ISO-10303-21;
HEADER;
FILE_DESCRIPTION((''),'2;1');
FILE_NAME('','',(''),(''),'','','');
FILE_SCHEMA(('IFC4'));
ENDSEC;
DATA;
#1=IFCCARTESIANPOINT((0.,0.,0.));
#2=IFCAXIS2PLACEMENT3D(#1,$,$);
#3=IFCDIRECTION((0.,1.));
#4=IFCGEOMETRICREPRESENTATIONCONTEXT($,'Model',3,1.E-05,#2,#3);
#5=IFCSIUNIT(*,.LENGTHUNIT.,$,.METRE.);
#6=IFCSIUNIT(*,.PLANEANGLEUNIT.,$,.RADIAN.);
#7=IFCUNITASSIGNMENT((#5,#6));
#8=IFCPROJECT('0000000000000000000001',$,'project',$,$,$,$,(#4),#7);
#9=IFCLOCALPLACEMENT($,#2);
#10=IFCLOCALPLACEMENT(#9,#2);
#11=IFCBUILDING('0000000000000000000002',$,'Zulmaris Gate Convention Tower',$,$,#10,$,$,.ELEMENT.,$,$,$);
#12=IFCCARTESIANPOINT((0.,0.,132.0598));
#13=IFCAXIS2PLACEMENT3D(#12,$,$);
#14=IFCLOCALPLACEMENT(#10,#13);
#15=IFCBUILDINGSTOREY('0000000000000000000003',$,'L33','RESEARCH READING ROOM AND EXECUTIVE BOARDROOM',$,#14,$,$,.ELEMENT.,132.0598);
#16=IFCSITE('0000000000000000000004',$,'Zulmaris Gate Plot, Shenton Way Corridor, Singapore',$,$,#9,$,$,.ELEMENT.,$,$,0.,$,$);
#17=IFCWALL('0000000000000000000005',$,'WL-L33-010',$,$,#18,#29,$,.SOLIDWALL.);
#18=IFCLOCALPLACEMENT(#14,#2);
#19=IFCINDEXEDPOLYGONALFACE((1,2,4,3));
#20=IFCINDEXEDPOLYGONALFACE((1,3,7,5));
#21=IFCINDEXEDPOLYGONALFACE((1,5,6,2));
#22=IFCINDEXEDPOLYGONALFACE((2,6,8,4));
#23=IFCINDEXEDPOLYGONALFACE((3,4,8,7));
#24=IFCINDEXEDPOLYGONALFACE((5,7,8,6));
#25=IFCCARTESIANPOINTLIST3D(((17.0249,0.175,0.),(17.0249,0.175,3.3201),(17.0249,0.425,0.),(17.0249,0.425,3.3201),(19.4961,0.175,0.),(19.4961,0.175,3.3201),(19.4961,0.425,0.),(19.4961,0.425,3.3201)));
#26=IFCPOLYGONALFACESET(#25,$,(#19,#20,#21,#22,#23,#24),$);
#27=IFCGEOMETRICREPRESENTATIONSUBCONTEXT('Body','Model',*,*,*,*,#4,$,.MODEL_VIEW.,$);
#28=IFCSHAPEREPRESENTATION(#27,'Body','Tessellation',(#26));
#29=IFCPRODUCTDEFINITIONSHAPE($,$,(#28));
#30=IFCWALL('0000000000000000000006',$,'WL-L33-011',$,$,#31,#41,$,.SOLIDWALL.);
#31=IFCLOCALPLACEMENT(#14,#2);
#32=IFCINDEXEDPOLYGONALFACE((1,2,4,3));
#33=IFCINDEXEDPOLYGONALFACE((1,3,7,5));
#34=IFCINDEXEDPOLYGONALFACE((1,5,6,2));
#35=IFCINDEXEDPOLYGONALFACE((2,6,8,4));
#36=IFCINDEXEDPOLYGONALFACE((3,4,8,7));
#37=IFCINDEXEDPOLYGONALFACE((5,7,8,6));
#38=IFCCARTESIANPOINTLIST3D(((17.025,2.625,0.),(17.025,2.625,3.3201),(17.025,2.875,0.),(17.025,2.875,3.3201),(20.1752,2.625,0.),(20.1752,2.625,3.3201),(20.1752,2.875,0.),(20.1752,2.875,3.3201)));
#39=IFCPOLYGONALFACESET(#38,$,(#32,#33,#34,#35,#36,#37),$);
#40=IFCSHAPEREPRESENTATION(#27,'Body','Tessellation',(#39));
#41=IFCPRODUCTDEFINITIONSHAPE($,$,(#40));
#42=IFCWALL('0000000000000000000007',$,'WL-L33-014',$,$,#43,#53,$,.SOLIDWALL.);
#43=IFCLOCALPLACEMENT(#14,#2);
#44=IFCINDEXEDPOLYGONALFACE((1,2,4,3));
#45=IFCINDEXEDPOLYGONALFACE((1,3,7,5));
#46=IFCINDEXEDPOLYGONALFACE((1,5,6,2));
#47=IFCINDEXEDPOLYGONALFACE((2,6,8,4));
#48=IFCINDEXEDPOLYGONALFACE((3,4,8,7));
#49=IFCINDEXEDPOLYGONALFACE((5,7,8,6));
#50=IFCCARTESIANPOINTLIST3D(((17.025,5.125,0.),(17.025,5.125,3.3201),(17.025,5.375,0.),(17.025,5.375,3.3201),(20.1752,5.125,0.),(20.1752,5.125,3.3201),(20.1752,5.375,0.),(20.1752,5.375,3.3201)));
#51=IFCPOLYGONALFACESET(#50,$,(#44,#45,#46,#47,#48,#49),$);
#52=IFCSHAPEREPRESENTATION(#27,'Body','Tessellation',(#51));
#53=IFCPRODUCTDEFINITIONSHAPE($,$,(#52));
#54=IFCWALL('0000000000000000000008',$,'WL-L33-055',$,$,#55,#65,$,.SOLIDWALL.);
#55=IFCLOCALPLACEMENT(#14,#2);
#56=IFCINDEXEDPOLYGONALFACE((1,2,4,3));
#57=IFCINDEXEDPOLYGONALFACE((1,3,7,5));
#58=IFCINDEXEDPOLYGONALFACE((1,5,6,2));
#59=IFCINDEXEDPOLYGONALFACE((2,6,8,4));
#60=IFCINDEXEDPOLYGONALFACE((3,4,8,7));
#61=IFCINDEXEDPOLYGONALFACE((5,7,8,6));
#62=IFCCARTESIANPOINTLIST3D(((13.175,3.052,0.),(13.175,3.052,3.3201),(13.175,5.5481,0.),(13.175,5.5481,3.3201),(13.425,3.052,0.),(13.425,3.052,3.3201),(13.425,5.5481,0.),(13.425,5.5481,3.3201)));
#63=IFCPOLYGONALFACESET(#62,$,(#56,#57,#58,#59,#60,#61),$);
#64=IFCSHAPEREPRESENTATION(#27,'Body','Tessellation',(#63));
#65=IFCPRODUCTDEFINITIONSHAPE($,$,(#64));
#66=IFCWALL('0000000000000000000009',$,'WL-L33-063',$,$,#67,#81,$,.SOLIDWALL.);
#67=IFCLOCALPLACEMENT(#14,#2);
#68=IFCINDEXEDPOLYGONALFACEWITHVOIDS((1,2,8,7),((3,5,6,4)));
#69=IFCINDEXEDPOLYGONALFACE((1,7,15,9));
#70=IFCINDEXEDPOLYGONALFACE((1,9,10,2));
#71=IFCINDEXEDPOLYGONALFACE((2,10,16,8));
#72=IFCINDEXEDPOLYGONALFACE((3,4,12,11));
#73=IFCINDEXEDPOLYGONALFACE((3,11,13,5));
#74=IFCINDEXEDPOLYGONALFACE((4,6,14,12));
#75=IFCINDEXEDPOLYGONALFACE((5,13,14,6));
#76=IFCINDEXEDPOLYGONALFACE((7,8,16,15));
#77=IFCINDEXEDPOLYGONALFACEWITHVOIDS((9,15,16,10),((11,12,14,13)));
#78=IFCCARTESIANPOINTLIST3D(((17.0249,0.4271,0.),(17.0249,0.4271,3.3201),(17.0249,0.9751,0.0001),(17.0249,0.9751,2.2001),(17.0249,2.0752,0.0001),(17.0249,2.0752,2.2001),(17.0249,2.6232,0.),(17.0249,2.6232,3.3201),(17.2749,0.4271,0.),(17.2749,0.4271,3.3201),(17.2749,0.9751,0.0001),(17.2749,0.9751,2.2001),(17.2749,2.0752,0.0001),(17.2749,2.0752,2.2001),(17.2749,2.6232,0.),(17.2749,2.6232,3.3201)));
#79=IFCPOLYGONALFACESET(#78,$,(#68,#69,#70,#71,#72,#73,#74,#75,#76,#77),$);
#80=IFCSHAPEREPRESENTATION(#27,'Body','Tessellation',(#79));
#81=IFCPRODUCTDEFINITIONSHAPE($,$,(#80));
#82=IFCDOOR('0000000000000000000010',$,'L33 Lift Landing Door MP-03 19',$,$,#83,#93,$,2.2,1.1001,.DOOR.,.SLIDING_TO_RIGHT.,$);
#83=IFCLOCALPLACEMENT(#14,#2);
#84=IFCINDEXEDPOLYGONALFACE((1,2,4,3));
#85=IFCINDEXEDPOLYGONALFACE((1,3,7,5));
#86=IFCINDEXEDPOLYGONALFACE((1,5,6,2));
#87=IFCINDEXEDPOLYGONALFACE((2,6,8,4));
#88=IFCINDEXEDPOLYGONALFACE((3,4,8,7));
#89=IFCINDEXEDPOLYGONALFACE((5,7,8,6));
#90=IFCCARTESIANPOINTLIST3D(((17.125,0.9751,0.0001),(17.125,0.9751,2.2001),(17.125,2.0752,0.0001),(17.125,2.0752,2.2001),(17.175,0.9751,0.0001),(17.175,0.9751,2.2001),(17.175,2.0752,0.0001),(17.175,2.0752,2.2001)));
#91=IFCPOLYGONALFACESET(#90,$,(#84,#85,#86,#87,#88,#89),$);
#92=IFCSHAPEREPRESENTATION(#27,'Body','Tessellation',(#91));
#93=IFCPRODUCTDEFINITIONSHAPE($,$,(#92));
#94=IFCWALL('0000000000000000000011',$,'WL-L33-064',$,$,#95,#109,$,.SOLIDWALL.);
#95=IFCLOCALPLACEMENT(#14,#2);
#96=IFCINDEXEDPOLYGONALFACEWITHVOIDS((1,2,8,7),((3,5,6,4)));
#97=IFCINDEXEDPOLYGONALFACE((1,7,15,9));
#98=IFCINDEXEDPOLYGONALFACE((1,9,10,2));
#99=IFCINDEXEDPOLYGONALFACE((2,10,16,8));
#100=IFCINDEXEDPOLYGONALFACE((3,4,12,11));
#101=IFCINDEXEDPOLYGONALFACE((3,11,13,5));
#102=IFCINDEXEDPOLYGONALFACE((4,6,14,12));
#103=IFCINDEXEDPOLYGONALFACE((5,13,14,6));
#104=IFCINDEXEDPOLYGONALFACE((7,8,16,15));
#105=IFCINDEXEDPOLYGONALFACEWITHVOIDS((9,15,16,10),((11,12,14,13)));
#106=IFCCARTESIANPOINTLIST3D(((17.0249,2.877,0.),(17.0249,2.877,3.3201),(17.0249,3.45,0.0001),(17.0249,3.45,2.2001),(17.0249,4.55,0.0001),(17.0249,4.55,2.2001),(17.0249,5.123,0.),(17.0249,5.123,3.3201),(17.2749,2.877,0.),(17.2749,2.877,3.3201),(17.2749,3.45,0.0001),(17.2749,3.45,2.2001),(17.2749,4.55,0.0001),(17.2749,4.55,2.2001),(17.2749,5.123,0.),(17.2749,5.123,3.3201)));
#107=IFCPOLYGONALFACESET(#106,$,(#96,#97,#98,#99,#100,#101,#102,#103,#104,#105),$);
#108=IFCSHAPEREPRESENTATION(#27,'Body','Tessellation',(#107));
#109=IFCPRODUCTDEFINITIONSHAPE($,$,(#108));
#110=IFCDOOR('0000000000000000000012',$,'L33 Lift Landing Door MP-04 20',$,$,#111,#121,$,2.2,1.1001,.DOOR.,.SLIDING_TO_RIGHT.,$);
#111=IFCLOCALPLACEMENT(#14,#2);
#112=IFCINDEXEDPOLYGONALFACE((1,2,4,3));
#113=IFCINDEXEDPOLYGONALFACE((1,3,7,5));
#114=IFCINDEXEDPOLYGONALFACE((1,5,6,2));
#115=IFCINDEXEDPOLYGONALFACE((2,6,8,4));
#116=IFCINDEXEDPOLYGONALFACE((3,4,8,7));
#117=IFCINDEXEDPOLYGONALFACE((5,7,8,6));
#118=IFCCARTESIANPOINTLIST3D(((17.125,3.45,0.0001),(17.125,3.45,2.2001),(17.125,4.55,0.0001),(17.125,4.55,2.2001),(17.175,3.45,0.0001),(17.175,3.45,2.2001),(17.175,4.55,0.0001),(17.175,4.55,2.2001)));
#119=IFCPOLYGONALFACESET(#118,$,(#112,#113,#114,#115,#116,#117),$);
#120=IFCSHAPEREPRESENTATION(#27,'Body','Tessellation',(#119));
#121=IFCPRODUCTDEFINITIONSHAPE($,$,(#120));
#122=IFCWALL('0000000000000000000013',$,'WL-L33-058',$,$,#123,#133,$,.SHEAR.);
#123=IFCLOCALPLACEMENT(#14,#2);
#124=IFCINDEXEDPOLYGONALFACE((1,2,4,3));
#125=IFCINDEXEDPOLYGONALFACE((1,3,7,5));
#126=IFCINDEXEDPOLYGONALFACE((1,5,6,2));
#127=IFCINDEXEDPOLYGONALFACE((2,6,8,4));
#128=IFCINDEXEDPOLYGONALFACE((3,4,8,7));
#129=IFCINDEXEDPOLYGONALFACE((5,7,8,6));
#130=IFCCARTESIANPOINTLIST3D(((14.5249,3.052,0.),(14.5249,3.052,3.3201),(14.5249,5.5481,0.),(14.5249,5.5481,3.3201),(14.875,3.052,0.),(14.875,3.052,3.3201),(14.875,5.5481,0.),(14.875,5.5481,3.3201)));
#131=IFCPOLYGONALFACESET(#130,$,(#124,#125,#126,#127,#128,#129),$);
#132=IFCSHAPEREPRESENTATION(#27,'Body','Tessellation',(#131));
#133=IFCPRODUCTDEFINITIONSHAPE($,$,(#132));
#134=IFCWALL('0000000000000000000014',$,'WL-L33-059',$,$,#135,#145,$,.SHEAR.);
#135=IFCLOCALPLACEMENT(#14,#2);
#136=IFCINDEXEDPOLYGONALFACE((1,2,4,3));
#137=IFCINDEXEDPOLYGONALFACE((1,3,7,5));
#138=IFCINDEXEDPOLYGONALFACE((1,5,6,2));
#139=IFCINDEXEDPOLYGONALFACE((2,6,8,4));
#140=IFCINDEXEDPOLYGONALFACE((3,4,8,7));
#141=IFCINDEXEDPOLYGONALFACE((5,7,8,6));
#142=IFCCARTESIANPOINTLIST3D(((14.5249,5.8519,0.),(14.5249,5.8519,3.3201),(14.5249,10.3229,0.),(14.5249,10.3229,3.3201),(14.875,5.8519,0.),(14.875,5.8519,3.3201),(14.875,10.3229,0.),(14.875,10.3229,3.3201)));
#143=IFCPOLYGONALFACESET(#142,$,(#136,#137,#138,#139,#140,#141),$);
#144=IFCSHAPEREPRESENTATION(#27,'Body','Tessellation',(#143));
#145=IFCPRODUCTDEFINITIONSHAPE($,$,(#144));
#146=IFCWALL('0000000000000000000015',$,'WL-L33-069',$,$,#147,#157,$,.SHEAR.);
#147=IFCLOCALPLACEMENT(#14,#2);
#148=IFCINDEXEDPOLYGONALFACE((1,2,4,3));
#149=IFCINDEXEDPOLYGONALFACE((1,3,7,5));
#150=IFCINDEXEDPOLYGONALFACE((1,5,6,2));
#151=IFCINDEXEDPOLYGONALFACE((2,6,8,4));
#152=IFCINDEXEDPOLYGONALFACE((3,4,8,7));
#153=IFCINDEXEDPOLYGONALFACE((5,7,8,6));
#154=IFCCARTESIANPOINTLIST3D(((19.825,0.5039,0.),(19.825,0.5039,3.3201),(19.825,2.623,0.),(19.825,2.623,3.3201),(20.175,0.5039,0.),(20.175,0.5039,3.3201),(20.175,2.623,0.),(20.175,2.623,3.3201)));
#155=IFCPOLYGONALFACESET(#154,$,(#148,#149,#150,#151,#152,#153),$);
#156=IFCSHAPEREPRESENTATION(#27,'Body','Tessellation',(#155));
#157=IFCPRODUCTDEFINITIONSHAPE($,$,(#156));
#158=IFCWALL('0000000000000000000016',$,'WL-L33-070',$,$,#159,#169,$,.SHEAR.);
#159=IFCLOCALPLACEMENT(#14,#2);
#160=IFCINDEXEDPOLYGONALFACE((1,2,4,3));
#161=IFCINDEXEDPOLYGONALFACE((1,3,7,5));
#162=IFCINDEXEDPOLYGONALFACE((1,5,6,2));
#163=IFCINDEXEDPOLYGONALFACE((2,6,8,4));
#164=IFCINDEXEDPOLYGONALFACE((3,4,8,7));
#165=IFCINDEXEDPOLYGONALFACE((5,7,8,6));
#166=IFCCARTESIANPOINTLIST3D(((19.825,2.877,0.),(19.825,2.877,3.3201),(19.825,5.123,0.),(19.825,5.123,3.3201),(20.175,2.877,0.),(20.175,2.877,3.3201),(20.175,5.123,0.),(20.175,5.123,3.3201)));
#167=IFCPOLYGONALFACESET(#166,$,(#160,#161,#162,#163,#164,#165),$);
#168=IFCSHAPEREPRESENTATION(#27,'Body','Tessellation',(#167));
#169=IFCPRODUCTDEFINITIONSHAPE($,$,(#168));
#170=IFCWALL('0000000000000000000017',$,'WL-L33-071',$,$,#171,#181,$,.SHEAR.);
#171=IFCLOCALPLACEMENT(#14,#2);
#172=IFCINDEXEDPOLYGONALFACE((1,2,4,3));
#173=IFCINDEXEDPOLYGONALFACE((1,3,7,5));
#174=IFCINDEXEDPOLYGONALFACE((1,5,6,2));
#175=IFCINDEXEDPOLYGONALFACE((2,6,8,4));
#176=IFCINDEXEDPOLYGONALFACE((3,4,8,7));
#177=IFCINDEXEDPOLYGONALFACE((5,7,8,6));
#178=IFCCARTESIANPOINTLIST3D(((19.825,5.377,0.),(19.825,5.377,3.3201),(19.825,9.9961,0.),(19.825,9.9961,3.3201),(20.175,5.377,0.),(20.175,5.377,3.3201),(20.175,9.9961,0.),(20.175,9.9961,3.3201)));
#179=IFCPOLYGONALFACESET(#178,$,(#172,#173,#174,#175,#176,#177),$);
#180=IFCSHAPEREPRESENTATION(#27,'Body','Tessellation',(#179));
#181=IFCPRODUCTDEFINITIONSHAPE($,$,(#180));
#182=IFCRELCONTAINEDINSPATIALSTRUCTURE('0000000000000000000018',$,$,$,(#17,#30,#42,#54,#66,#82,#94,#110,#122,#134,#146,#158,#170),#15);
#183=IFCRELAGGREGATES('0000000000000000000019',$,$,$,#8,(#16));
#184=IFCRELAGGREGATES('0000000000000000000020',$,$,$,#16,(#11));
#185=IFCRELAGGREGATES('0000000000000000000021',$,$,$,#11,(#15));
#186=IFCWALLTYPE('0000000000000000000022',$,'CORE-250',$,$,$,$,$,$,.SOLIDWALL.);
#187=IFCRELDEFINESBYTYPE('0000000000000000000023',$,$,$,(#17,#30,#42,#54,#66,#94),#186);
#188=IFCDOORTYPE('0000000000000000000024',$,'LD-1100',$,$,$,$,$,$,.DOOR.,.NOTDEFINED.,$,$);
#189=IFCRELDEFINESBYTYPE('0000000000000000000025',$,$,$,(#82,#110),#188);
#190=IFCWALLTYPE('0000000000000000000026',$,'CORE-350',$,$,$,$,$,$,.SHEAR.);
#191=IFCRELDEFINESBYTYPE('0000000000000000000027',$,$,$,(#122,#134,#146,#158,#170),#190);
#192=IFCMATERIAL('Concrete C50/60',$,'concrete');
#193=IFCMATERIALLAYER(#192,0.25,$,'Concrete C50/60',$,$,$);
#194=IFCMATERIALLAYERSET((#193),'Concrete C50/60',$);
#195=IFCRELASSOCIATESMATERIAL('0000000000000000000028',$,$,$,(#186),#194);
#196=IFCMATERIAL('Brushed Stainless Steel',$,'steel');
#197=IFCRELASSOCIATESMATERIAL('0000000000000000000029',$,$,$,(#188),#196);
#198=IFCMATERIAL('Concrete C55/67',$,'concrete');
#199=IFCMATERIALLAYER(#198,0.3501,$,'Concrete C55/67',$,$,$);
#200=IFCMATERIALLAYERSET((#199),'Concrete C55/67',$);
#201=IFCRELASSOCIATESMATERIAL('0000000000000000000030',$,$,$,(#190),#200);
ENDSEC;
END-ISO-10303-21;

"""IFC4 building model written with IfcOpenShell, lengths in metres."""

from ifc_helpers import new_model, si_unit, direction, frame, frame_2d, origin, place, context, subcontext, project, spatial, rectangle, extrude, material, layer, layer_set, type_object, element, fill, save


model = new_model("IFC4")

# Units and contexts
model_context = context("Model", 3, precision=1e-05, world=origin(), true_north=direction((0.0, 1.0)))
body_context = subcontext(model_context, "Body", "Model", "MODEL_VIEW")
ifc_project = project(units=[si_unit("LENGTHUNIT", "METRE"), si_unit("PLANEANGLEUNIT", "RADIAN")], contexts=[model_context])

# Site, building, storey
site_placement = place(None, origin())
site = spatial("IfcSite", under=ifc_project, at=site_placement, Name="Zulmaris Gate Plot, Shenton Way Corridor, Singapore", CompositionType="ELEMENT", RefElevation=0.0)
building_placement = place(site_placement, origin())
building = spatial("IfcBuilding", under=site, at=building_placement, Name="Zulmaris Gate Convention Tower", CompositionType="ELEMENT")
storey_placement = place(building_placement, frame((0.0, 0.0, 132.0598)))
storey = spatial("IfcBuildingStorey", under=building, at=storey_placement, Name="L33", Description="RESEARCH READING ROOM AND EXECUTIVE BOARDROOM", CompositionType="ELEMENT", Elevation=132.0598)

# Walls
ifc_material_1 = material(Name="Concrete C50/60", Category="concrete")
ifc_layer_1 = layer(ifc_material_1, 0.25, Name="Concrete C50/60")
ifc_layer_set_1 = layer_set([ifc_layer_1], Name="Concrete C50/60")
wall_type_1 = type_object("IfcWallType", Name="CORE-250", PredefinedType="SOLIDWALL", material=ifc_layer_set_1)
wall_1_placement = place(storey_placement, frame((17.0249, 0.3, 0.0), z_axis=(0.0, 0.0, 1.0), x_axis=(1.0, 0.0, 0.0)))
element("IfcWall", 1, at=wall_1_placement, inside=storey, type_object=wall_type_1, Name="WL-L33-010", PredefinedType="SOLIDWALL", context=body_context, shape_type="SweptSolid", body=[
    extrude(rectangle(XDim=2.4712, YDim=0.25, at=frame_2d((1.2356, 0.0))), origin(), (0.0, 0.0, 1.0), 3.3201),
])
for number, where, z_axis, x_axis, name in (
    (2, (17.0249, 2.75, 0.0), (0.0, 0.0, 1.0), (1.0, 0.0, 0.0), "WL-L33-011"),
    (3, (17.0249, 5.25, 0.0), (0.0, 0.0, 1.0), (1.0, 0.0, 0.0), "WL-L33-014"),
):
    element("IfcWall", number, at=place(storey_placement, frame(where, z_axis=z_axis, x_axis=x_axis)), inside=storey, type_object=wall_type_1, Name=name, PredefinedType="SOLIDWALL", context=body_context, shape_type="SweptSolid", body=[
        extrude(rectangle(XDim=3.1501, YDim=0.25, at=frame_2d((1.5752, 0.0))), origin(), (0.0, 0.0, 1.0), 3.3201),
    ])
wall_2_placement = place(storey_placement, frame((13.3, 3.052, 0.0), z_axis=(0.0, 0.0, 1.0), x_axis=(0.0, 1.0, 0.0)))
element("IfcWall", 4, at=wall_2_placement, inside=storey, type_object=wall_type_1, Name="WL-L33-055", PredefinedType="SOLIDWALL", context=body_context, shape_type="SweptSolid", body=[
    extrude(rectangle(XDim=2.4961, YDim=0.25, at=frame_2d((1.248, 0.0))), origin(), (0.0, 0.0, 1.0), 3.3201),
])

# Walls, openings, doors
wall_3_placement = place(storey_placement, frame((17.1499, 0.427, 0.0), z_axis=(0.0, 0.0, 1.0), x_axis=(0.0, 1.0, 0.0)))
wall_3 = element("IfcWall", 5, at=wall_3_placement, inside=storey, type_object=wall_type_1, Name="WL-L33-063", PredefinedType="SOLIDWALL", context=body_context, shape_type="SweptSolid", body=[
    extrude(rectangle(XDim=2.196, YDim=0.25, at=frame_2d((1.0981, 0.0))), origin(), (0.0, 0.0, 1.0), 3.3201),
])
opening_1_placement = place(wall_3_placement, frame((0.5481, 0.0, 0.0)))
opening_1 = element("IfcOpeningElement", 6, at=opening_1_placement, cuts=wall_3, PredefinedType="OPENING", context=body_context, shape_type="SweptSolid", body=[
    extrude(rectangle(XDim=1.1001, YDim=2.2, at=frame_2d((0.55, 1.1001))), frame((0.0, 0.135, 0.0), z_axis=(0.0, -1.0, 0.0), x_axis=(1.0, 0.0, 0.0)), (0.0, 0.0, 1.0), 0.27),
])
ifc_material_2 = material(Name="Brushed Stainless Steel", Category="steel")
door_type_1 = type_object("IfcDoorType", Name="LD-1100", OperationType="NOTDEFINED", PredefinedType="DOOR", material=ifc_material_2)
door_1_placement = place(opening_1_placement, origin())
door_1 = element("IfcDoor", 7, at=door_1_placement, inside=storey, type_object=door_type_1, Name="L33 Lift Landing Door MP-03 19", OperationType="SLIDING_TO_RIGHT", OverallHeight=2.2, OverallWidth=1.1001, PredefinedType="DOOR", context=body_context, shape_type="SweptSolid", body=[
    extrude(rectangle(XDim=1.1001, YDim=2.2, at=frame_2d((0.55, 1.1001))), frame((0.0, 0.0249, 0.0), z_axis=(0.0, -1.0, 0.0), x_axis=(1.0, 0.0, 0.0)), (0.0, 0.0, 1.0), 0.05),
])
fill(opening_1, door_1)
wall_4_placement = place(storey_placement, frame((17.1499, 2.877, 0.0), z_axis=(0.0, 0.0, 1.0), x_axis=(0.0, 1.0, 0.0)))
wall_4 = element("IfcWall", 8, at=wall_4_placement, inside=storey, type_object=wall_type_1, Name="WL-L33-064", PredefinedType="SOLIDWALL", context=body_context, shape_type="SweptSolid", body=[
    extrude(rectangle(XDim=2.2461, YDim=0.25, at=frame_2d((1.123, 0.0))), origin(), (0.0, 0.0, 1.0), 3.3201),
])
opening_2_placement = place(wall_4_placement, frame((0.573, 0.0, 0.0)))
opening_2 = element("IfcOpeningElement", 9, at=opening_2_placement, cuts=wall_4, PredefinedType="OPENING", context=body_context, shape_type="SweptSolid", body=[
    extrude(rectangle(XDim=1.1001, YDim=2.2, at=frame_2d((0.55, 1.1001))), frame((0.0, 0.135, 0.0), z_axis=(0.0, -1.0, 0.0), x_axis=(1.0, 0.0, 0.0)), (0.0, 0.0, 1.0), 0.27),
])
door_2_placement = place(opening_2_placement, origin())
door_2 = element("IfcDoor", 10, at=door_2_placement, inside=storey, type_object=door_type_1, Name="L33 Lift Landing Door MP-04 20", OperationType="SLIDING_TO_RIGHT", OverallHeight=2.2, OverallWidth=1.1001, PredefinedType="DOOR", context=body_context, shape_type="SweptSolid", body=[
    extrude(rectangle(XDim=1.1001, YDim=2.2, at=frame_2d((0.55, 1.1001))), frame((0.0, 0.0249, 0.0), z_axis=(0.0, -1.0, 0.0), x_axis=(1.0, 0.0, 0.0)), (0.0, 0.0, 1.0), 0.05),
])
fill(opening_2, door_2)

# Walls
ifc_material_3 = material(Name="Concrete C55/67", Category="concrete")
ifc_layer_2 = layer(ifc_material_3, 0.3501, Name="Concrete C55/67")
ifc_layer_set_2 = layer_set([ifc_layer_2], Name="Concrete C55/67")
wall_type_2 = type_object("IfcWallType", Name="CORE-350", PredefinedType="SHEAR", material=ifc_layer_set_2)
wall_5_placement = place(storey_placement, frame((14.7, 3.052, 0.0), z_axis=(0.0, 0.0, 1.0), x_axis=(0.0, 1.0, 0.0)))
element("IfcWall", 11, at=wall_5_placement, inside=storey, type_object=wall_type_2, Name="WL-L33-058", PredefinedType="SHEAR", context=body_context, shape_type="SweptSolid", body=[
    extrude(rectangle(XDim=2.4961, YDim=0.3501, at=frame_2d((1.248, 0.0))), origin(), (0.0, 0.0, 1.0), 3.3201),
])
wall_6_placement = place(storey_placement, frame((14.7, 5.8521, 0.0), z_axis=(0.0, 0.0, 1.0), x_axis=(0.0, 1.0, 0.0)))
element("IfcWall", 12, at=wall_6_placement, inside=storey, type_object=wall_type_2, Name="WL-L33-059", PredefinedType="SHEAR", context=body_context, shape_type="SweptSolid", body=[
    extrude(rectangle(XDim=4.4709, YDim=0.3501, at=frame_2d((2.2354, 0.0))), origin(), (0.0, 0.0, 1.0), 3.3201),
])
wall_7_placement = place(storey_placement, frame((20.0, 0.5039, 0.0), z_axis=(0.0, 0.0, 1.0), x_axis=(0.0, 1.0, 0.0)))
element("IfcWall", 13, at=wall_7_placement, inside=storey, type_object=wall_type_2, Name="WL-L33-069", PredefinedType="SHEAR", context=body_context, shape_type="SweptSolid", body=[
    extrude(rectangle(XDim=2.1191, YDim=0.3501, at=frame_2d((1.0596, 0.0))), origin(), (0.0, 0.0, 1.0), 3.3201),
])
wall_8_placement = place(storey_placement, frame((20.0, 2.877, 0.0), z_axis=(0.0, 0.0, 1.0), x_axis=(0.0, 1.0, 0.0)))
element("IfcWall", 14, at=wall_8_placement, inside=storey, type_object=wall_type_2, Name="WL-L33-070", PredefinedType="SHEAR", context=body_context, shape_type="SweptSolid", body=[
    extrude(rectangle(XDim=2.2461, YDim=0.3501, at=frame_2d((1.123, 0.0))), origin(), (0.0, 0.0, 1.0), 3.3201),
])
wall_9_placement = place(storey_placement, frame((20.0, 5.377, 0.0), z_axis=(0.0, 0.0, 1.0), x_axis=(0.0, 1.0, 0.0)))
element("IfcWall", 15, at=wall_9_placement, inside=storey, type_object=wall_type_2, Name="WL-L33-071", PredefinedType="SHEAR", context=body_context, shape_type="SweptSolid", body=[
    extrude(rectangle(XDim=4.6191, YDim=0.3501, at=frame_2d((2.3096, 0.0))), origin(), (0.0, 0.0, 1.0), 3.3201),
])

save(model, "model.ifc")
